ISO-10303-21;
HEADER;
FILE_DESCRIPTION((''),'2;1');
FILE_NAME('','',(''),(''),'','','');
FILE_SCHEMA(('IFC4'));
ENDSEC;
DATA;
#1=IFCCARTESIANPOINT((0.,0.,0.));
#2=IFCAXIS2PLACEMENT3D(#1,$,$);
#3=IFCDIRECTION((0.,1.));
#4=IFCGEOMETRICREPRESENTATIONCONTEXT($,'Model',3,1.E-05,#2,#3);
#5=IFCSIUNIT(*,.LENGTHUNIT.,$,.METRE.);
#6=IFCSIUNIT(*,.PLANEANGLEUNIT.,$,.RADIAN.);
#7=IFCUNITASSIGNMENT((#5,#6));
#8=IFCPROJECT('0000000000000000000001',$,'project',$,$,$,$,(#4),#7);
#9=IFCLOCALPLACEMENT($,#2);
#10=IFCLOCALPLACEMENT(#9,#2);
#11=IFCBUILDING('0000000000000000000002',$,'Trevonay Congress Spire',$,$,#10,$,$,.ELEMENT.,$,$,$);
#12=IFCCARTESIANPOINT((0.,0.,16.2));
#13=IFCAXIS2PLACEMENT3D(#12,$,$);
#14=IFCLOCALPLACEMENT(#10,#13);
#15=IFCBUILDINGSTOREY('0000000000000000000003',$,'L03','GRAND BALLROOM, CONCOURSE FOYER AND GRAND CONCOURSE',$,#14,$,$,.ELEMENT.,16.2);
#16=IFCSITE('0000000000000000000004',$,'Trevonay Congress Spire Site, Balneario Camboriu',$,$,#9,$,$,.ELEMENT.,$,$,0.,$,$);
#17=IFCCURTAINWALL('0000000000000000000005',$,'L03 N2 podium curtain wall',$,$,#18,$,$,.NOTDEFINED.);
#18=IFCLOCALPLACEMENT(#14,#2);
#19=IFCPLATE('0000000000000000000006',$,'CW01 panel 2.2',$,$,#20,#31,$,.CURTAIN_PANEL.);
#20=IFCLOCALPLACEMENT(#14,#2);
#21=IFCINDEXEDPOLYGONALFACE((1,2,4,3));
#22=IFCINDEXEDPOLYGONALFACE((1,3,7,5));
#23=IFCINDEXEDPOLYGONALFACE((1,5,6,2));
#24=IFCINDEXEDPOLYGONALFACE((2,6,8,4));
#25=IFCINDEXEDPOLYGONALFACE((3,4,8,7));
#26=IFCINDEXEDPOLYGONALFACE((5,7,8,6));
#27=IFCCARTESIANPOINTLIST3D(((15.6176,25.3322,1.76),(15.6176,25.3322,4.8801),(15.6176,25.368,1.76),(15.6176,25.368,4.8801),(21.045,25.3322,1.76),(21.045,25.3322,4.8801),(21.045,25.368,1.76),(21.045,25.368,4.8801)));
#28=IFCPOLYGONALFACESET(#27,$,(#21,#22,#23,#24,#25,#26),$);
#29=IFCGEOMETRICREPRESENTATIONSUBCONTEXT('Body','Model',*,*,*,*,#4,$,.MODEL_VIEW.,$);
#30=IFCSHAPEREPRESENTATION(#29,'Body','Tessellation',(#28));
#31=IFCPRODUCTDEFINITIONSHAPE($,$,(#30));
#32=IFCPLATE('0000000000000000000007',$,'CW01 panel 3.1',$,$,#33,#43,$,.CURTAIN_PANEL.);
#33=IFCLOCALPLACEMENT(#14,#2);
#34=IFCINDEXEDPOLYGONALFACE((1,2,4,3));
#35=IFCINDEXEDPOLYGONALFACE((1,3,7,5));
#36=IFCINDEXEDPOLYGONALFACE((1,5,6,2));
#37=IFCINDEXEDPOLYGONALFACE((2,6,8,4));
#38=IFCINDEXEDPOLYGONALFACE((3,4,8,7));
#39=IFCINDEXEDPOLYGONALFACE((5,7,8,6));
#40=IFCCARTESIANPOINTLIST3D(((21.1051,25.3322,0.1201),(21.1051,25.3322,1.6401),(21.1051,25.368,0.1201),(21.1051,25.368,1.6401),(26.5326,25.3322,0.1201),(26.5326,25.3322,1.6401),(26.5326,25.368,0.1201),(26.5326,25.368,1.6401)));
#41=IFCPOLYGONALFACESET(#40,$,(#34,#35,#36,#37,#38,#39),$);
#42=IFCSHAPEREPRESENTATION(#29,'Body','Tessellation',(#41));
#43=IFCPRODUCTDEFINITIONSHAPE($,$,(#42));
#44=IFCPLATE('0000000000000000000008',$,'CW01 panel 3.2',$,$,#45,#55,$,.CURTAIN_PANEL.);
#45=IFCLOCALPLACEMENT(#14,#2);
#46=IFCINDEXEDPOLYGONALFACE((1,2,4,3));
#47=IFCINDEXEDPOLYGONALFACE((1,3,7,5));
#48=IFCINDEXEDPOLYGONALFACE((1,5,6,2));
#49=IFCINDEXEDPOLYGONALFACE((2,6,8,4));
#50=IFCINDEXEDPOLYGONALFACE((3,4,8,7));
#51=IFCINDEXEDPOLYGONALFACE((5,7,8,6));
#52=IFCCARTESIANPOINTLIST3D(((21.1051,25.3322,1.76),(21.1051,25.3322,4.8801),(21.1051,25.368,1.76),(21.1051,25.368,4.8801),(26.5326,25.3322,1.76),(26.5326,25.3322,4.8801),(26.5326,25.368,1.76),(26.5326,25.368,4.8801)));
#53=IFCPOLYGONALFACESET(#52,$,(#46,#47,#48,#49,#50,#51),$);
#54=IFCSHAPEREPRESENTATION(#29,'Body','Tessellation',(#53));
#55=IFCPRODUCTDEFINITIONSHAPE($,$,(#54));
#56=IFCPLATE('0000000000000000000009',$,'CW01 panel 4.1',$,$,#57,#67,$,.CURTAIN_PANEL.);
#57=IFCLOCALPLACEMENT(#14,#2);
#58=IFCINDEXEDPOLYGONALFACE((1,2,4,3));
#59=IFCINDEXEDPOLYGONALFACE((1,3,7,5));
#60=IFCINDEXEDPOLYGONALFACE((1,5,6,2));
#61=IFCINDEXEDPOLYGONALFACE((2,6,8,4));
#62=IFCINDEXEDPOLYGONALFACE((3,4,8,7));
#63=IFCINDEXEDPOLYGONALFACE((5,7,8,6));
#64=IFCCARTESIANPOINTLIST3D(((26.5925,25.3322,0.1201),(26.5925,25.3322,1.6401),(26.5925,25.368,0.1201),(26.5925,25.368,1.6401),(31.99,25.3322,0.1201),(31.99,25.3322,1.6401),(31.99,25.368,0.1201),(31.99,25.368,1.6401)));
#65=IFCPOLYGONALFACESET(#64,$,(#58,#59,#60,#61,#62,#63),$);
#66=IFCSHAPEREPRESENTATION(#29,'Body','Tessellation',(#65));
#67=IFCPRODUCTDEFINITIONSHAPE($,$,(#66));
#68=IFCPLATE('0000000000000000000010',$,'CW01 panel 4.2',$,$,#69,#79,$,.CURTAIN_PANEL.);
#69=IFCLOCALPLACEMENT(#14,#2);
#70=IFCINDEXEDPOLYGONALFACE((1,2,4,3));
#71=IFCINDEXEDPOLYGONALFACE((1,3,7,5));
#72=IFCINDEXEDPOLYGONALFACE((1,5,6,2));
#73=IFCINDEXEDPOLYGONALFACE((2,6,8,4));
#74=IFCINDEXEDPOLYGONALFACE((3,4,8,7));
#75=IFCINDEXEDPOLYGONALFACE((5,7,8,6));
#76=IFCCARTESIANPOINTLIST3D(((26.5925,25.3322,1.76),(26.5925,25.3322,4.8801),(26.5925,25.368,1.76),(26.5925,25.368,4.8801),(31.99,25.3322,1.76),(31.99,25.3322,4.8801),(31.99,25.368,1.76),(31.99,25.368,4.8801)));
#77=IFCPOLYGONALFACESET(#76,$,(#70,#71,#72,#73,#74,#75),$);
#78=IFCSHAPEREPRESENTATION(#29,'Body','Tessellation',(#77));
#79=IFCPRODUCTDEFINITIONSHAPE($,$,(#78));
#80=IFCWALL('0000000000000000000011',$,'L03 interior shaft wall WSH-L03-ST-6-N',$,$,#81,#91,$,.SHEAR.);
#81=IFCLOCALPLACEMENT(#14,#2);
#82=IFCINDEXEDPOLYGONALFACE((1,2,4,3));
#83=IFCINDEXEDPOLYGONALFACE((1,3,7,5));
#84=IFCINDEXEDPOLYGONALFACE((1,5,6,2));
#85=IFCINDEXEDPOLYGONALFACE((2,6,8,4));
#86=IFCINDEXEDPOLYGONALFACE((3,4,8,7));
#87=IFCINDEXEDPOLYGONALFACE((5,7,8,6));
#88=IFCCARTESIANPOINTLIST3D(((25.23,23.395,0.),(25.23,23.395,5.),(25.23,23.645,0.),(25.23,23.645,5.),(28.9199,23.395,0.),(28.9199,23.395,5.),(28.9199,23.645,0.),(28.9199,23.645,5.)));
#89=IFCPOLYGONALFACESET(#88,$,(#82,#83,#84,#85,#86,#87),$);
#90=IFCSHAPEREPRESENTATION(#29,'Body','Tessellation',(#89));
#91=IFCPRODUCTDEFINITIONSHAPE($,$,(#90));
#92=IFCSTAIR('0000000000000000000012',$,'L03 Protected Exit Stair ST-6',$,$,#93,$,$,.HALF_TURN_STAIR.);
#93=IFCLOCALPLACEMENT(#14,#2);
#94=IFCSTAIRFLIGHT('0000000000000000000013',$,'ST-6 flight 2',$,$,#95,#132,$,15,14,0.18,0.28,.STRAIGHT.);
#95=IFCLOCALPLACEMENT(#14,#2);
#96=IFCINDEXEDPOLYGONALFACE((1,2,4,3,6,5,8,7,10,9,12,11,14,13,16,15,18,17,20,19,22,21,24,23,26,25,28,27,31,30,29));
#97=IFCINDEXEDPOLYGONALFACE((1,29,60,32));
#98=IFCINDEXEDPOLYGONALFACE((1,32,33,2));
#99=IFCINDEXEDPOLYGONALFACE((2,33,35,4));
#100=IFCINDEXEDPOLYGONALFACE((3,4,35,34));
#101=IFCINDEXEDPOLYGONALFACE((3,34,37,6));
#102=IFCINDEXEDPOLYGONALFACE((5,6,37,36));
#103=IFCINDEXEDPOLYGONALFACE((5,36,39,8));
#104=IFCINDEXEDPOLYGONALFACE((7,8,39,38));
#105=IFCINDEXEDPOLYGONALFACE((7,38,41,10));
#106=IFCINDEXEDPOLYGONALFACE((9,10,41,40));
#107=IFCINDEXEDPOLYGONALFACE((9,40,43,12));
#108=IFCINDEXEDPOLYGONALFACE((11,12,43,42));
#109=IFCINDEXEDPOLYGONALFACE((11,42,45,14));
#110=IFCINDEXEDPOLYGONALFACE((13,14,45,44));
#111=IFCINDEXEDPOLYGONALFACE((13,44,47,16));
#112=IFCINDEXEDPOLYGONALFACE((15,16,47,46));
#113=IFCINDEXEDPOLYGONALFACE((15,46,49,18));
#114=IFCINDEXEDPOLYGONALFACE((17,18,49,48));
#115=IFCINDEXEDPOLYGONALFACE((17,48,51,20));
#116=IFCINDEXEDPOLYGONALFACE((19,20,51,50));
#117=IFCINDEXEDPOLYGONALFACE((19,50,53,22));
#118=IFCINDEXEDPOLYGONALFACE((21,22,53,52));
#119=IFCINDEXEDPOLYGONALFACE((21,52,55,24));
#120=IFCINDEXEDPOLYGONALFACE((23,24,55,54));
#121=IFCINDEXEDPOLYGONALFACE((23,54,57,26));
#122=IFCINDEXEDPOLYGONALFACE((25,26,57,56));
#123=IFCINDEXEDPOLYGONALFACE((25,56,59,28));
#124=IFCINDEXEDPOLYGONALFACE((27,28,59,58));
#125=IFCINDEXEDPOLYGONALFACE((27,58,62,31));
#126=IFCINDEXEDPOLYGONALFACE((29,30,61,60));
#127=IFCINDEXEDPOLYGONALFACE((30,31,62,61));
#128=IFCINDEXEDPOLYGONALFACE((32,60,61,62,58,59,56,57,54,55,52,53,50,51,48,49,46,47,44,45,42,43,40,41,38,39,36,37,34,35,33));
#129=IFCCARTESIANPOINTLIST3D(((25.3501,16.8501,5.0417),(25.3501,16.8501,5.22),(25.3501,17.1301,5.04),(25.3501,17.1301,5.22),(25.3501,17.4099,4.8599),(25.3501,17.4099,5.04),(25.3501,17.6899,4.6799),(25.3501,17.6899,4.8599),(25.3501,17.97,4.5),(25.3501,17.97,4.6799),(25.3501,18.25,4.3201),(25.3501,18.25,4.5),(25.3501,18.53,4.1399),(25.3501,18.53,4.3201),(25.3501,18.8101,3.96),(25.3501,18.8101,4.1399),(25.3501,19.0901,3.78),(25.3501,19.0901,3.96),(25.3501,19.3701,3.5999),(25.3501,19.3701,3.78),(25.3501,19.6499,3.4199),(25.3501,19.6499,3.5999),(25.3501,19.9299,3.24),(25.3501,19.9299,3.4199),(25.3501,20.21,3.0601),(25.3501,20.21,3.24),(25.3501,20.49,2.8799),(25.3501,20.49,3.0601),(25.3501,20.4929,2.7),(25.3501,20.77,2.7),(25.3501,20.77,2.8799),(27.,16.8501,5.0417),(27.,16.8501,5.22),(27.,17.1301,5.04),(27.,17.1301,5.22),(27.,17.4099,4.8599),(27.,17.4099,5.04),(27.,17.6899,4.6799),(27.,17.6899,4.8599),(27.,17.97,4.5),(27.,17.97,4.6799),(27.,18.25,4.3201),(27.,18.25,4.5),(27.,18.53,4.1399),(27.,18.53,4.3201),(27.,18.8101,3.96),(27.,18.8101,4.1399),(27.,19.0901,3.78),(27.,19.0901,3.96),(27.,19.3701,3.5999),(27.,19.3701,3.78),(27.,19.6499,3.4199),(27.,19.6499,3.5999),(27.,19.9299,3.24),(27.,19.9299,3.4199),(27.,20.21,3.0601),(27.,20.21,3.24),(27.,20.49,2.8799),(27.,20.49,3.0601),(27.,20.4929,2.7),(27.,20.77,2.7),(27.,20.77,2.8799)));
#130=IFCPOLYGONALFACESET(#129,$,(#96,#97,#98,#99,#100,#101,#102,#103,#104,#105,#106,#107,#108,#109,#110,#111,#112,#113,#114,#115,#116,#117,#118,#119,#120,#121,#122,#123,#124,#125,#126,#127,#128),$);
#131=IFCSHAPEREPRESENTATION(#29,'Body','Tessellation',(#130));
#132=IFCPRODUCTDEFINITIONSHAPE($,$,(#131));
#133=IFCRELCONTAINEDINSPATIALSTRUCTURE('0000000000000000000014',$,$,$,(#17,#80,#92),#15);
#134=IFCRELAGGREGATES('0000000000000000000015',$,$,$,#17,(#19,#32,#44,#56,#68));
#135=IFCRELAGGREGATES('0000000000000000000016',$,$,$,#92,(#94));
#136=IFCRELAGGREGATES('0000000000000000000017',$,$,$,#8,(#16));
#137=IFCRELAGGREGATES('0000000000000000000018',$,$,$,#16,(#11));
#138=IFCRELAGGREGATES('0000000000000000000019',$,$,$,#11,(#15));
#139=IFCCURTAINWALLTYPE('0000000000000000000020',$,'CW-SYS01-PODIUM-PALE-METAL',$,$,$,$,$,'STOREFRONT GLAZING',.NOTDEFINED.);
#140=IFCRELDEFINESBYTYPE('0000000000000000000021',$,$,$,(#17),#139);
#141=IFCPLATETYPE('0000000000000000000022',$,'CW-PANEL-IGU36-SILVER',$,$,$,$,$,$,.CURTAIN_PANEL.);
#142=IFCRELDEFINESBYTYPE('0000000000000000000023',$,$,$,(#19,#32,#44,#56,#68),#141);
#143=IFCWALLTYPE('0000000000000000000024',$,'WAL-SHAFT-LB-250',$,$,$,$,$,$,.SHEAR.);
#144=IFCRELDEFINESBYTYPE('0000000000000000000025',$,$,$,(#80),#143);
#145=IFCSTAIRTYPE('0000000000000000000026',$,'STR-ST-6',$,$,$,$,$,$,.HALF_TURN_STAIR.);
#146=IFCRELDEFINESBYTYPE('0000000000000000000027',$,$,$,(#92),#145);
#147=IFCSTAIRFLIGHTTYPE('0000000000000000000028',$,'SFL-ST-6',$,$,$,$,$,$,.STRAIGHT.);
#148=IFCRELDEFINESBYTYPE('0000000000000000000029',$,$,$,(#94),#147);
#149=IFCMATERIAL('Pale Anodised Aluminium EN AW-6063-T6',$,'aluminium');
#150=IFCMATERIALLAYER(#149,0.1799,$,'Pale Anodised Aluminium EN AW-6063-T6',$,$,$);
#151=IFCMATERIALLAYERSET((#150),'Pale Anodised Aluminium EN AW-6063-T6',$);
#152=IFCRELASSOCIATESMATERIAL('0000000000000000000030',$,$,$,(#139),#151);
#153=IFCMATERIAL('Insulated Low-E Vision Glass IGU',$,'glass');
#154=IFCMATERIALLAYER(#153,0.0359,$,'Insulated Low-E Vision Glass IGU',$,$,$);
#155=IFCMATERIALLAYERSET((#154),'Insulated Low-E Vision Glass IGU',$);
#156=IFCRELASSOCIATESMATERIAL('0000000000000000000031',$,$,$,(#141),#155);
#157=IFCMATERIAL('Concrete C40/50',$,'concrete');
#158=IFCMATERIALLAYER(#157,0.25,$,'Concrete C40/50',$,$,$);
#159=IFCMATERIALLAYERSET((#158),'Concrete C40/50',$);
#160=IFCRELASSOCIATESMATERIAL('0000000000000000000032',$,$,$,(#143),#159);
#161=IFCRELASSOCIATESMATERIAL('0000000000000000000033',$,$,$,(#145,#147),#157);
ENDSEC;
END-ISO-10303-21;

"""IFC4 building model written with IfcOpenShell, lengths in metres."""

from ifc_helpers import new_model, si_unit, direction, frame, frame_2d, origin, origin_2d, place, context, subcontext, project, spatial, polyline, rectangle, outline, extrude, material, layer, layer_set, type_object, element, aggregate, save


model = new_model("IFC4")

# Units and contexts
model_context = context("Model", 3, precision=1e-05, world=origin(), true_north=direction((0.0, 1.0)))
body_context = subcontext(model_context, "Body", "Model", "MODEL_VIEW")
ifc_project = project(units=[si_unit("LENGTHUNIT", "METRE"), si_unit("PLANEANGLEUNIT", "RADIAN")], contexts=[model_context])

# Site, building, storey
site_placement = place(None, origin())
site = spatial("IfcSite", under=ifc_project, at=site_placement, Name="Trevonay Congress Spire Site, Balneario Camboriu", CompositionType="ELEMENT", RefElevation=0.0)
building_placement = place(site_placement, origin())
building = spatial("IfcBuilding", under=site, at=building_placement, Name="Trevonay Congress Spire", CompositionType="ELEMENT")
storey_placement = place(building_placement, frame((0.0, 0.0, 16.2)))
storey = spatial("IfcBuildingStorey", under=building, at=storey_placement, Name="L03", Description="GRAND BALLROOM, CONCOURSE FOYER AND GRAND CONCOURSE", CompositionType="ELEMENT", Elevation=16.2)

# Curtain wall
ifc_material_1 = material(Name="Pale Anodised Aluminium EN AW-6063-T6", Category="aluminium")
ifc_layer_1 = layer(ifc_material_1, 0.1799, Name="Pale Anodised Aluminium EN AW-6063-T6")
ifc_layer_set_1 = layer_set([ifc_layer_1], Name="Pale Anodised Aluminium EN AW-6063-T6")
curtain_wall_type = type_object("IfcCurtainWallType", Name="CW-SYS01-PODIUM-PALE-METAL", ElementType="STOREFRONT GLAZING", PredefinedType="NOTDEFINED", material=ifc_layer_set_1)
curtain_wall_1_placement = place(storey_placement, origin())
curtain_wall_1 = element("IfcCurtainWall", 1, at=curtain_wall_1_placement, inside=storey, type_object=curtain_wall_type, Name="L03 N2 podium curtain wall", PredefinedType="NOTDEFINED")

# Plates
ifc_material_2 = material(Name="Insulated Low-E Vision Glass IGU", Category="glass")
ifc_layer_2 = layer(ifc_material_2, 0.0359, Name="Insulated Low-E Vision Glass IGU")
ifc_layer_set_2 = layer_set([ifc_layer_2], Name="Insulated Low-E Vision Glass IGU")
plate_type = type_object("IfcPlateType", Name="CW-PANEL-IGU36-SILVER", PredefinedType="CURTAIN_PANEL", material=ifc_layer_set_2)
plate_1_placement = place(storey_placement, frame((18.3313, 25.3501, 1.76), z_axis=(0.0, 0.0, 1.0), x_axis=(1.0, 0.0, 0.0)))
plate_1 = element("IfcPlate", 2, at=plate_1_placement, type_object=plate_type, Name="CW01 panel 2.2", PredefinedType="CURTAIN_PANEL", context=body_context, shape_type="SweptSolid", body=[
    extrude(rectangle(XDim=5.4275, YDim=0.0359, at=origin_2d()), origin(), (0.0, 0.0, 1.0), 3.1201),
])
plate_2_placement = place(storey_placement, frame((23.8188, 25.3501, 0.1201), z_axis=(0.0, 0.0, 1.0), x_axis=(1.0, 0.0, 0.0)))
plate_2 = element("IfcPlate", 3, at=plate_2_placement, type_object=plate_type, Name="CW01 panel 3.1", PredefinedType="CURTAIN_PANEL", context=body_context, shape_type="SweptSolid", body=[
    extrude(rectangle(XDim=5.4275, YDim=0.0359, at=origin_2d()), origin(), (0.0, 0.0, 1.0), 1.52),
])
plate_3_placement = place(storey_placement, frame((23.8188, 25.3501, 1.76), z_axis=(0.0, 0.0, 1.0), x_axis=(1.0, 0.0, 0.0)))
plate_3 = element("IfcPlate", 4, at=plate_3_placement, type_object=plate_type, Name="CW01 panel 3.2", PredefinedType="CURTAIN_PANEL", context=body_context, shape_type="SweptSolid", body=[
    extrude(rectangle(XDim=5.4275, YDim=0.0359, at=origin_2d()), origin(), (0.0, 0.0, 1.0), 3.1201),
])
plate_4_placement = place(storey_placement, frame((29.2913, 25.3501, 0.1201), z_axis=(0.0, 0.0, 1.0), x_axis=(1.0, 0.0, 0.0)))
plate_4 = element("IfcPlate", 5, at=plate_4_placement, type_object=plate_type, Name="CW01 panel 4.1", PredefinedType="CURTAIN_PANEL", context=body_context, shape_type="SweptSolid", body=[
    extrude(rectangle(XDim=5.3975, YDim=0.0359, at=origin_2d()), origin(), (0.0, 0.0, 1.0), 1.52),
])
plate_5_placement = place(storey_placement, frame((29.2913, 25.3501, 1.76), z_axis=(0.0, 0.0, 1.0), x_axis=(1.0, 0.0, 0.0)))
plate_5 = element("IfcPlate", 6, at=plate_5_placement, type_object=plate_type, Name="CW01 panel 4.2", PredefinedType="CURTAIN_PANEL", context=body_context, shape_type="SweptSolid", body=[
    extrude(rectangle(XDim=5.3975, YDim=0.0359, at=origin_2d()), origin(), (0.0, 0.0, 1.0), 3.1201),
])
aggregate(curtain_wall_1, [plate_1, plate_2, plate_3, plate_4, plate_5])

# Wall
ifc_material_3 = material(Name="Concrete C40/50", Category="concrete")
ifc_layer_3 = layer(ifc_material_3, 0.25, Name="Concrete C40/50")
ifc_layer_set_3 = layer_set([ifc_layer_3], Name="Concrete C40/50")
wall_type = type_object("IfcWallType", Name="WAL-SHAFT-LB-250", PredefinedType="SHEAR", material=ifc_layer_set_3)
wall_placement = place(storey_placement, frame((25.23, 23.52, 0.0), z_axis=(0.0, 0.0, 1.0), x_axis=(1.0, 0.0, 0.0)))
element("IfcWall", 7, at=wall_placement, inside=storey, type_object=wall_type, Name="L03 interior shaft wall WSH-L03-ST-6-N", PredefinedType="SHEAR", context=body_context, shape_type="SweptSolid", body=[
    extrude(rectangle(XDim=3.6899, YDim=0.25, at=frame_2d((1.845, 0.0))), origin(), (0.0, 0.0, 1.0), 5.0),
])

# Stair, stair flight
stair_type = type_object("IfcStairType", Name="STR-ST-6", PredefinedType="HALF_TURN_STAIR", material=ifc_material_3)
stair_placement = place(storey_placement, origin())
stair = element("IfcStair", 8, at=stair_placement, inside=storey, type_object=stair_type, Name="L03 Protected Exit Stair ST-6", PredefinedType="HALF_TURN_STAIR")
stair_flight_type = type_object("IfcStairFlightType", Name="SFL-ST-6", PredefinedType="STRAIGHT", material=ifc_material_3)
stair_flight_placement = place(storey_placement, frame((26.175, 20.77, 2.7), z_axis=(0.0, 0.0, 1.0), x_axis=(0.0, -1.0, 0.0)))
stair_flight = element("IfcStairFlight", 9, at=stair_flight_placement, type_object=stair_flight_type, Name="ST-6 flight 2", NumberOfRisers=15, NumberOfTreads=14, PredefinedType="STRAIGHT", RiserHeight=0.18, TreadLength=0.28, context=body_context, shape_type="SweptSolid", body=[
    extrude(outline(polyline([(0.0, 0.0), (0.0, 0.1799), (0.28, 0.1799), (0.28, 0.3601), (0.5601, 0.3601), (0.5601, 0.54), (0.8401, 0.54), (0.8401, 0.72), (1.1201, 0.72), (1.1201, 0.8999), (1.3999, 0.8999), (1.3999, 1.0801), (1.6799, 1.0801), (1.6799, 1.26), (1.96, 1.26), (1.96, 1.4399), (2.24, 1.4399), (2.24, 1.6201), (2.52, 1.6201), (2.52, 1.8), (2.8, 1.8), (2.8, 1.98), (3.0801, 1.98), (3.0801, 2.1599), (3.3601, 2.1599), (3.3601, 2.3401), (3.6399, 2.3401), (3.6399, 2.52), (3.9199, 2.52), (3.9199, 2.7), (3.9199, 2.3418), (0.2771, 0.0), (0.0, 0.0)])), frame((0.0, 0.825, 0.0), z_axis=(0.0, -1.0, 0.0), x_axis=(1.0, 0.0, 0.0)), (0.0, 0.0, 1.0), 1.6499),
])
aggregate(stair, [stair_flight])

save(model, "model.ifc")
